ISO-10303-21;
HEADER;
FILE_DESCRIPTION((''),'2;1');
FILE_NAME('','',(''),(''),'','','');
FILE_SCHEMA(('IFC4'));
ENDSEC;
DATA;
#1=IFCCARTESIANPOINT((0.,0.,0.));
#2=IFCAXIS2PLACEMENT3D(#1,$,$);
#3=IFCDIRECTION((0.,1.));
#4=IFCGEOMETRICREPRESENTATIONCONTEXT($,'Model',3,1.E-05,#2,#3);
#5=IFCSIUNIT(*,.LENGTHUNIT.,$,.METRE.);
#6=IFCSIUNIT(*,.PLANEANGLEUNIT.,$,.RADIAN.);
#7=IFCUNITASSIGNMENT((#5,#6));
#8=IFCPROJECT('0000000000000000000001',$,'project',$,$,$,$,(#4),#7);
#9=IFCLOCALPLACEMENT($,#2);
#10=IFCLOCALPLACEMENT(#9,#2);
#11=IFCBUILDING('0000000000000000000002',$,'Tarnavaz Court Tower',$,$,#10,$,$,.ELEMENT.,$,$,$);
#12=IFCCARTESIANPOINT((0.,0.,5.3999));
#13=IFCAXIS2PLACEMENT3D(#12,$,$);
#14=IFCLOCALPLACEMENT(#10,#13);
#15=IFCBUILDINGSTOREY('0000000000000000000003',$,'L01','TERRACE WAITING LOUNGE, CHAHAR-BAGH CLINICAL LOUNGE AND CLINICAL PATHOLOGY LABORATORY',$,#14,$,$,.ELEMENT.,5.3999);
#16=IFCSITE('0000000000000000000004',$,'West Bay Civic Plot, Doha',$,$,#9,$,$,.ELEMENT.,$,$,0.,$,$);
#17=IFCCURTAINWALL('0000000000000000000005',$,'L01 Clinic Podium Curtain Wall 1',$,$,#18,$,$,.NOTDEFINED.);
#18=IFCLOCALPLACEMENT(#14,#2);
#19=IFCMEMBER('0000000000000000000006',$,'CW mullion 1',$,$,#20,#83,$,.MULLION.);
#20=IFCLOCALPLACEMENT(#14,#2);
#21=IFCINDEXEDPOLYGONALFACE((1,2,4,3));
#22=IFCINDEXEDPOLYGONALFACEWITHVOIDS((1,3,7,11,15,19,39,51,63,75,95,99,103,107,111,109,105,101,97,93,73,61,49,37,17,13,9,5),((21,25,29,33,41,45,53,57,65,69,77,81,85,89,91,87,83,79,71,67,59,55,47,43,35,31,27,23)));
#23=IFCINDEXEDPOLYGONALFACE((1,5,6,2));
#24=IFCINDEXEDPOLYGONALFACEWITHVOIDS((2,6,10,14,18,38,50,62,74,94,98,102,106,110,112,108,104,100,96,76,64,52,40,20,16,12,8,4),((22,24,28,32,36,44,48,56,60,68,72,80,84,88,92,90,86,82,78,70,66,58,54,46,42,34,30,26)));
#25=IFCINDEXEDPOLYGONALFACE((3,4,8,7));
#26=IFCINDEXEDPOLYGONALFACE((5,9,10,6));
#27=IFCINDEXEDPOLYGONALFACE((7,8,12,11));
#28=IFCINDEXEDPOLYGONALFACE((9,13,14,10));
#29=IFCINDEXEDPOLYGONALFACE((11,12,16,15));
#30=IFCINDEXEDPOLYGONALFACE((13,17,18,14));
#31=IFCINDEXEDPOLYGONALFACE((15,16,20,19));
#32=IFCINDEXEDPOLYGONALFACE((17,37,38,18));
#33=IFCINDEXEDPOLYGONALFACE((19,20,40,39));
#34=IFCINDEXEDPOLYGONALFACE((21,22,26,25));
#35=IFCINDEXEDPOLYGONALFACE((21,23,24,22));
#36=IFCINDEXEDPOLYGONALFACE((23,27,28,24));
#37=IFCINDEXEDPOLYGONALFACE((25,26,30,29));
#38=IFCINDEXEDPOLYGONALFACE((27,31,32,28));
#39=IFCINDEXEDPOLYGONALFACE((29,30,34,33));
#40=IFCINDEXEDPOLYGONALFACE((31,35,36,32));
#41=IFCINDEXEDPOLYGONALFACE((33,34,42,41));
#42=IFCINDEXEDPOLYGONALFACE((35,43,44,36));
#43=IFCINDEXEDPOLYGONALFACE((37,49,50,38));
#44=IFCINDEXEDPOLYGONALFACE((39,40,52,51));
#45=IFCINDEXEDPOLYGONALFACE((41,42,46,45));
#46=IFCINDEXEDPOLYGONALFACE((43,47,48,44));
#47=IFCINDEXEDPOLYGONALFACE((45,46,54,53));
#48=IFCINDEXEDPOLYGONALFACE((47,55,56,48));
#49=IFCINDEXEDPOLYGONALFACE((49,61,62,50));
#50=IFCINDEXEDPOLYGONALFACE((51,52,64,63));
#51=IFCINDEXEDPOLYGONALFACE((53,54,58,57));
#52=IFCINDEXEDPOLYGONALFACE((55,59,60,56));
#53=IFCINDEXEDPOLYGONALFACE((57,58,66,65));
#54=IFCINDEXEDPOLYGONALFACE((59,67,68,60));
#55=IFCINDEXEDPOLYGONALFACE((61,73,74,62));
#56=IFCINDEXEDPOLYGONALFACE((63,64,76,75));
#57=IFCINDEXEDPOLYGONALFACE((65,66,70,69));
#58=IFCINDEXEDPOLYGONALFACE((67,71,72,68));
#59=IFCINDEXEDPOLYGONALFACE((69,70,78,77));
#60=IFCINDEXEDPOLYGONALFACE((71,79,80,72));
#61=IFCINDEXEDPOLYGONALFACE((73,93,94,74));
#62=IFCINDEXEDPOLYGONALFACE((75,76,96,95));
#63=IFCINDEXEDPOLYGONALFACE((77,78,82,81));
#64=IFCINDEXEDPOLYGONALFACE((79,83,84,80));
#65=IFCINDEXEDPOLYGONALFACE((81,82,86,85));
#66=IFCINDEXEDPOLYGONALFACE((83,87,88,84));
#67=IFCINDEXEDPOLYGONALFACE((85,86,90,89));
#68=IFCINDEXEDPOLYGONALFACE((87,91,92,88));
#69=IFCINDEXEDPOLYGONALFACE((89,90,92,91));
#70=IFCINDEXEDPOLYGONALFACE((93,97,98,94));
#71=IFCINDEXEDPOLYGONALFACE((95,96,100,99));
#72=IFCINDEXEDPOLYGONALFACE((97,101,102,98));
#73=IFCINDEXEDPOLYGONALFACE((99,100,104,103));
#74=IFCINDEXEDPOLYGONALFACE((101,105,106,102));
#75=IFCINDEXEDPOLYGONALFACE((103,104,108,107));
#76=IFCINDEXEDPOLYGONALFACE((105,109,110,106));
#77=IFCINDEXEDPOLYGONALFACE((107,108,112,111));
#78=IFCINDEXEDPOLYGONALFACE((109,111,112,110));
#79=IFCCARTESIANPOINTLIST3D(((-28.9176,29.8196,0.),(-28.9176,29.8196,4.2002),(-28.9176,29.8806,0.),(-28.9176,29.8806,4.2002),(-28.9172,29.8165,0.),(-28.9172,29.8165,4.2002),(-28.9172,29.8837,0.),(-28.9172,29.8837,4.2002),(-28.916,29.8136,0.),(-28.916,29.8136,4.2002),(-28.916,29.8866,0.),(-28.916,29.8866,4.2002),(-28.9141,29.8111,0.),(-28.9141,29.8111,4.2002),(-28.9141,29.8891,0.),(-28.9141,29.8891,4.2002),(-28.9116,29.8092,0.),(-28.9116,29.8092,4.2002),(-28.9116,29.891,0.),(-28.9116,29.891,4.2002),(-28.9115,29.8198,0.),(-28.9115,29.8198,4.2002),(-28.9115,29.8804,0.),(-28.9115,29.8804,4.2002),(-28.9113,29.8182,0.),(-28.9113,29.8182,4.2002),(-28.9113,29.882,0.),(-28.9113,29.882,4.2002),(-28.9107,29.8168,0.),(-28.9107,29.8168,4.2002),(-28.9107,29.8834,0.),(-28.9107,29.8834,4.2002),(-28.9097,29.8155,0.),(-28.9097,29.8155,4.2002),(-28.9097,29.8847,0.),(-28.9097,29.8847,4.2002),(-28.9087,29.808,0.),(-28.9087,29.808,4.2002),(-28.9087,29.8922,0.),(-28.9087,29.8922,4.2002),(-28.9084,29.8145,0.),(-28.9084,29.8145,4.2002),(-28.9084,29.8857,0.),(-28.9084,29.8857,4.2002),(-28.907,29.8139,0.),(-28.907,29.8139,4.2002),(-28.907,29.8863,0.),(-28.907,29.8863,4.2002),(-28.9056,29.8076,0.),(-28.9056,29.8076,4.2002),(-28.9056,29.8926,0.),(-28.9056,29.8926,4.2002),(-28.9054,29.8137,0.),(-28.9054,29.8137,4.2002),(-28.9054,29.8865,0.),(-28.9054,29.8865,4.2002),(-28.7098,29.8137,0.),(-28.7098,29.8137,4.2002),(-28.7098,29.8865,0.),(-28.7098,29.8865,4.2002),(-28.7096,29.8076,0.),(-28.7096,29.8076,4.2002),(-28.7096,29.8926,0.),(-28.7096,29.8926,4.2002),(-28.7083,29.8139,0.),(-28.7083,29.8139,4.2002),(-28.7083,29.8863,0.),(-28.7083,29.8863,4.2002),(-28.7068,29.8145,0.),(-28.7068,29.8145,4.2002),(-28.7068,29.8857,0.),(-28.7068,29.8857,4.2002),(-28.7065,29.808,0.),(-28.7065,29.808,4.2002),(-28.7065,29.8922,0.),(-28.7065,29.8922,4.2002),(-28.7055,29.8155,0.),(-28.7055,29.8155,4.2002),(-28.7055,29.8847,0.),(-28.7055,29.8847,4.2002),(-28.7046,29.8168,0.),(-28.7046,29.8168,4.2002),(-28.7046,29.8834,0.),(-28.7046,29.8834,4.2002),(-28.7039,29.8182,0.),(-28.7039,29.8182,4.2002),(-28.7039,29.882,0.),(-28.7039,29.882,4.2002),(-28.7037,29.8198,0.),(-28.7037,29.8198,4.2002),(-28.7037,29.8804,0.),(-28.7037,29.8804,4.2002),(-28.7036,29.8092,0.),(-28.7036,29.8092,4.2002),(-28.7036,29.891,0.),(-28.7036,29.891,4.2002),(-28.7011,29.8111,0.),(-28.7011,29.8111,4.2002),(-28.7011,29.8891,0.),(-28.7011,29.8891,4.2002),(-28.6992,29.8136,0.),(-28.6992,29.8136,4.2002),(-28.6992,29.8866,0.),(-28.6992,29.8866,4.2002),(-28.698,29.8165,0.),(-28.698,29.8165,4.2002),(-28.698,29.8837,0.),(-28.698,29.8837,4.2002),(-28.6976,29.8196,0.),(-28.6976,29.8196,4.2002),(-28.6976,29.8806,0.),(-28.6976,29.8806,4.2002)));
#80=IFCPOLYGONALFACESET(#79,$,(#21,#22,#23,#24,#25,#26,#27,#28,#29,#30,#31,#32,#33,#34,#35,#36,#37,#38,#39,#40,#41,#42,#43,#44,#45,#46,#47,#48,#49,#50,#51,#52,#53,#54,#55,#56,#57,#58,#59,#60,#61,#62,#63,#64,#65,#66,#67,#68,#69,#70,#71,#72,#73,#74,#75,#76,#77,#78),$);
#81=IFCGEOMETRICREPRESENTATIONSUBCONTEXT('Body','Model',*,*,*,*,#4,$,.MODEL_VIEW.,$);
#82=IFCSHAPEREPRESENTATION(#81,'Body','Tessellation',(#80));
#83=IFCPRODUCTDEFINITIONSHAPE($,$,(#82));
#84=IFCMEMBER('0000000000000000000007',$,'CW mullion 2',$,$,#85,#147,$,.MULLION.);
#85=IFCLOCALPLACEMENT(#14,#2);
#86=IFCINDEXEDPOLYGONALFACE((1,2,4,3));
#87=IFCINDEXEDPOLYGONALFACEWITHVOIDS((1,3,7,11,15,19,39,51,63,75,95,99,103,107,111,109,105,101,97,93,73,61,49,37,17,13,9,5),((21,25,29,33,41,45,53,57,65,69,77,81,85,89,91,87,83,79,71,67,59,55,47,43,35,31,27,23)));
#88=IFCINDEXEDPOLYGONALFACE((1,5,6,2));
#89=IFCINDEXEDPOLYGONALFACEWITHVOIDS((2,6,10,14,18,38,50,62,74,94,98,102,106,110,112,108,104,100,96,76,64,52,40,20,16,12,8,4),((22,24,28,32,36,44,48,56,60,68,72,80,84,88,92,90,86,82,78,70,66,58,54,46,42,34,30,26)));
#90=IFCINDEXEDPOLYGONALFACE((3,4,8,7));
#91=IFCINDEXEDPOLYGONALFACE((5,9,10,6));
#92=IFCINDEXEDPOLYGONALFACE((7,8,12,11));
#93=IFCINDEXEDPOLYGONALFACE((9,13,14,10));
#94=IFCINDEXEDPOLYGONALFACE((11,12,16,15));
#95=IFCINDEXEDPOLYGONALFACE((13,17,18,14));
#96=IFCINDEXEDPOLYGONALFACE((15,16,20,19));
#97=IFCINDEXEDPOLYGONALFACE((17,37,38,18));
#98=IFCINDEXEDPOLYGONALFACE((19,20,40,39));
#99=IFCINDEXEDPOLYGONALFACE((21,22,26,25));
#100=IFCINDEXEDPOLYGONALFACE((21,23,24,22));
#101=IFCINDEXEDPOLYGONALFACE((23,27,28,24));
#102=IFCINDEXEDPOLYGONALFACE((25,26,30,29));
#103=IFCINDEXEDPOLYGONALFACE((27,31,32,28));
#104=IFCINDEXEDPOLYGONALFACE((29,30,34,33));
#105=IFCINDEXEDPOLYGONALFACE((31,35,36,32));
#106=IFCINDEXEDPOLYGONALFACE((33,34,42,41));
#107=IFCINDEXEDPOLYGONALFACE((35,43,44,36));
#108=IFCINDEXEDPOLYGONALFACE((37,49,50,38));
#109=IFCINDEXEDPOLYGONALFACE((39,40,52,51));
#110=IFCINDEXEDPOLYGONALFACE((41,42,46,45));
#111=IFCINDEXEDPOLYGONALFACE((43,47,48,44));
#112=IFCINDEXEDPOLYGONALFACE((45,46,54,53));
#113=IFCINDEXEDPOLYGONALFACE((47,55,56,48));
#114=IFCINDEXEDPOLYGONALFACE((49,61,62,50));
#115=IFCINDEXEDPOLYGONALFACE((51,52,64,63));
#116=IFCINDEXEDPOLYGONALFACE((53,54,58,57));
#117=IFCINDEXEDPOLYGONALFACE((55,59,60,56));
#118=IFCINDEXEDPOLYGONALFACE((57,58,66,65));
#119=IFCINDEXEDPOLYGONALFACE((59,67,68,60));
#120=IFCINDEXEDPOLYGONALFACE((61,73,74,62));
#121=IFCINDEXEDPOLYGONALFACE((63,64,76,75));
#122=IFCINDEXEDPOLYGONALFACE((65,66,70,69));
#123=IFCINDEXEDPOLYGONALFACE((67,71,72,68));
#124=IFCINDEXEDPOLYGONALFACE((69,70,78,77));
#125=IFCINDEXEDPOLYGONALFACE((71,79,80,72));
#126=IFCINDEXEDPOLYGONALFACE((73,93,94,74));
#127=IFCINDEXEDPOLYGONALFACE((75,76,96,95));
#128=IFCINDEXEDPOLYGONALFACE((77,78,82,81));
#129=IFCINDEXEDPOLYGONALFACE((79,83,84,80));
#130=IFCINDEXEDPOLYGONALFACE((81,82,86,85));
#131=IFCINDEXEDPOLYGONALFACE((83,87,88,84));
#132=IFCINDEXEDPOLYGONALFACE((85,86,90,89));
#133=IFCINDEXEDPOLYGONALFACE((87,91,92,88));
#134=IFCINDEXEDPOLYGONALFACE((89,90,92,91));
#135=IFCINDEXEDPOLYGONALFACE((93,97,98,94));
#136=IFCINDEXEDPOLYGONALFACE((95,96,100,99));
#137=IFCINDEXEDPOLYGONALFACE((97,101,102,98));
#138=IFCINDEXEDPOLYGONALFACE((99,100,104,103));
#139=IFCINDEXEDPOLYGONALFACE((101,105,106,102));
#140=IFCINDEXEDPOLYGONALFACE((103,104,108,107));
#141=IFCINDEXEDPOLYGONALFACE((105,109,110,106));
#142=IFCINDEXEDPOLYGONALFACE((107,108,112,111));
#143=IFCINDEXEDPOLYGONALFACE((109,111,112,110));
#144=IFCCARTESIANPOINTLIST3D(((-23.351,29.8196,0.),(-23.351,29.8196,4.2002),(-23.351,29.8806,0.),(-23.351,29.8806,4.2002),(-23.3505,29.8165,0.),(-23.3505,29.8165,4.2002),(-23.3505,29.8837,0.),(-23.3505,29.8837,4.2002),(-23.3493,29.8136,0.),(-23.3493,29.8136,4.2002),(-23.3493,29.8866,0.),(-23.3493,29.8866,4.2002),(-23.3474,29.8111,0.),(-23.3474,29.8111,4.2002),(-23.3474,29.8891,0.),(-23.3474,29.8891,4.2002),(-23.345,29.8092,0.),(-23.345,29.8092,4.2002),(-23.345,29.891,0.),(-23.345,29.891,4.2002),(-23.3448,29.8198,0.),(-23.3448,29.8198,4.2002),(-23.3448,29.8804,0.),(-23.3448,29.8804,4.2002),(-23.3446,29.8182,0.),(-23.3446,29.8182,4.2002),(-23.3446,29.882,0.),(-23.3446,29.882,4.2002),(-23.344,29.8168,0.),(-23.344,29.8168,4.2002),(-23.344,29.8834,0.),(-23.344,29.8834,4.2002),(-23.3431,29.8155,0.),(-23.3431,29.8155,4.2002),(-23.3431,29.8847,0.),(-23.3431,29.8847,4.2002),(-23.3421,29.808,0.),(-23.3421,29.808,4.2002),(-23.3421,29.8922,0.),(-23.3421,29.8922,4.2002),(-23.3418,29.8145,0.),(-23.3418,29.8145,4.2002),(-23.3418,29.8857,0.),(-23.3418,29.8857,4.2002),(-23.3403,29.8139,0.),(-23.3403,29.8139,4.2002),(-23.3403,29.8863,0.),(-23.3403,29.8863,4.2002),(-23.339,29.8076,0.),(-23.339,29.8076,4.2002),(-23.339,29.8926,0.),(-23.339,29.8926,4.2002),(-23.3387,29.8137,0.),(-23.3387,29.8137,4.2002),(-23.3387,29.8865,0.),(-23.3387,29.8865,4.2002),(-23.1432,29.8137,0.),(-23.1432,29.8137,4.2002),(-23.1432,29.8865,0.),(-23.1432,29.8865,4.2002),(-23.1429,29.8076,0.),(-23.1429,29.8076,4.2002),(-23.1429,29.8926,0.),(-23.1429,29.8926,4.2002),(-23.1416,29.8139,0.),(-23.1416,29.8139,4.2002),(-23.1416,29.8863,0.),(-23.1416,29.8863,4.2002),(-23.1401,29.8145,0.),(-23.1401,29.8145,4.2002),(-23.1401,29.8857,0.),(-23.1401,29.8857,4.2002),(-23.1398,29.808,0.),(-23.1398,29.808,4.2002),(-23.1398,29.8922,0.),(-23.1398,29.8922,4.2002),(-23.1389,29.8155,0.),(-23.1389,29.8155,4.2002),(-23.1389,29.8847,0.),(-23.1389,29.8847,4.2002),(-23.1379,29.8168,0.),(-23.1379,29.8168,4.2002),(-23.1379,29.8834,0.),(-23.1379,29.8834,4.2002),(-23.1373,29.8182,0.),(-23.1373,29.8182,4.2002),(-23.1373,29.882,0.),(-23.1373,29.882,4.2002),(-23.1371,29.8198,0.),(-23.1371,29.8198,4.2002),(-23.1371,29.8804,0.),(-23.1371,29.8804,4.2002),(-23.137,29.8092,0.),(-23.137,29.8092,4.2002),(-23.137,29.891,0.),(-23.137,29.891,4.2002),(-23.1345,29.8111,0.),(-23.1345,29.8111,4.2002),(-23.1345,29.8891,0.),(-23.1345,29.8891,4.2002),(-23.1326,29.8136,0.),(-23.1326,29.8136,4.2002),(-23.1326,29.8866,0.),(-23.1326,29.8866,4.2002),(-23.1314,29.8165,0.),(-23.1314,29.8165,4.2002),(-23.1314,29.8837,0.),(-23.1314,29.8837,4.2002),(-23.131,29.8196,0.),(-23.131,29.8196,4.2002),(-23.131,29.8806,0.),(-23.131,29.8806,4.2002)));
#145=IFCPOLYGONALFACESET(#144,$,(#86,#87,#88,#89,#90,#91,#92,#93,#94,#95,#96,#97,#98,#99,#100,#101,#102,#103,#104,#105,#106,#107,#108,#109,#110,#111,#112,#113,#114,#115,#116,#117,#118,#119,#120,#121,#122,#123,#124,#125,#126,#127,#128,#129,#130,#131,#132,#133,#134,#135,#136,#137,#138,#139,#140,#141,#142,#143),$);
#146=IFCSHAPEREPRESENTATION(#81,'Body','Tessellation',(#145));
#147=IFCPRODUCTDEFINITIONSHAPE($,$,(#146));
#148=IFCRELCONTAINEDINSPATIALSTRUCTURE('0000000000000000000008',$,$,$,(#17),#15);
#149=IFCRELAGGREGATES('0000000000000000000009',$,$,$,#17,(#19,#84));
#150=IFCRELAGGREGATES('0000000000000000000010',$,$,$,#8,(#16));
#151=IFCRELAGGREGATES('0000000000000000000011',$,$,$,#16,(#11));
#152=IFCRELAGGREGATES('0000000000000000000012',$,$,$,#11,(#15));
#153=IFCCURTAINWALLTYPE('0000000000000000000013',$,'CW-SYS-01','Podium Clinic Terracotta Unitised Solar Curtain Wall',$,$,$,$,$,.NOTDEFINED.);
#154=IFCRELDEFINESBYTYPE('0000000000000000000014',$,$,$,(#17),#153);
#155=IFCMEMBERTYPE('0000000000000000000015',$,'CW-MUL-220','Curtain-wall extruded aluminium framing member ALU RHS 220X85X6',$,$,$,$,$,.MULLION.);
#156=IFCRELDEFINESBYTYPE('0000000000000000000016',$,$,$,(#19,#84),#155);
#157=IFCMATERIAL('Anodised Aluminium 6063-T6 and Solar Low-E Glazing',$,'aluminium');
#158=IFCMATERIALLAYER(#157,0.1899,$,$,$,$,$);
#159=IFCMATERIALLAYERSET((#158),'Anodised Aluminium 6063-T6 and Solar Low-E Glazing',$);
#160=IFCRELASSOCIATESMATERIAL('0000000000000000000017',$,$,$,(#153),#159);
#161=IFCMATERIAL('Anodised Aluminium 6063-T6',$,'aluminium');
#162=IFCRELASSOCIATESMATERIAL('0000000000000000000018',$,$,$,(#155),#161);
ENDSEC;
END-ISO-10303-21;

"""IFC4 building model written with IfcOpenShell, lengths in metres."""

from ifc_helpers import new_model, si_unit, direction, frame, origin, origin_2d, place, context, subcontext, project, spatial, hollow_rectangle, extrude, material, layer, layer_set, material_profile, profile_set, type_object, element, aggregate, save


model = new_model("IFC4")

# Units and contexts
model_context = context("Model", 3, precision=1e-05, world=origin(), true_north=direction((0.0, 1.0)))
body_context = subcontext(model_context, "Body", "Model", "MODEL_VIEW")
ifc_project = project(units=[si_unit("LENGTHUNIT", "METRE"), si_unit("PLANEANGLEUNIT", "RADIAN")], contexts=[model_context])

# Site, building, storey
site_placement = place(None, origin())
site = spatial("IfcSite", under=ifc_project, at=site_placement, Name="West Bay Civic Plot, Doha", CompositionType="ELEMENT", RefElevation=0.0)
building_placement = place(site_placement, origin())
building = spatial("IfcBuilding", under=site, at=building_placement, Name="Tarnavaz Court Tower", CompositionType="ELEMENT")
storey_placement = place(building_placement, frame((0.0, 0.0, 5.3999)))
storey = spatial("IfcBuildingStorey", under=building, at=storey_placement, Name="L01", Description="TERRACE WAITING LOUNGE, CHAHAR-BAGH CLINICAL LOUNGE AND CLINICAL PATHOLOGY LABORATORY", CompositionType="ELEMENT", Elevation=5.3999)

# Curtain wall, members
ifc_material_1 = material(Name="Anodised Aluminium 6063-T6 and Solar Low-E Glazing", Category="aluminium")
ifc_layer_1 = layer(ifc_material_1, 0.1899)
ifc_layer_set_1 = layer_set([ifc_layer_1], Name="Anodised Aluminium 6063-T6 and Solar Low-E Glazing")
curtain_wall_type = type_object("IfcCurtainWallType", Name="CW-SYS-01", Description="Podium Clinic Terracotta Unitised Solar Curtain Wall", PredefinedType="NOTDEFINED", material=ifc_layer_set_1)
curtain_wall_placement = place(storey_placement, origin())
curtain_wall = element("IfcCurtainWall", 1, at=curtain_wall_placement, inside=storey, type_object=curtain_wall_type, Name="L01 Clinic Podium Curtain Wall 1", PredefinedType="NOTDEFINED")
ifc_material_2 = material(Name="Anodised Aluminium 6063-T6", Category="aluminium")
ifc_material_profile_1 = material_profile(ifc_material_2, hollow_rectangle(XDim=0.085, YDim=0.22, WallThickness=0.0061, InnerFilletRadius=0.0061, OuterFilletRadius=0.012, at=origin_2d()), Name="ALU RHS 220X85X6")
ifc_profile_set_1 = profile_set([ifc_material_profile_1], Name="Anodised Aluminium 6063-T6")
member_type_1 = type_object("IfcMemberType", Name="CW-MUL-220", Description="Curtain-wall extruded aluminium framing member ALU RHS 220X85X6", PredefinedType="MULLION", material=ifc_profile_set_1)
member_1_placement = place(storey_placement, frame((-28.8076, 29.8501, 0.0), z_axis=(0.0, 0.0, 1.0), x_axis=(0.0, 1.0, 0.0)))
member_1 = element("IfcMember", 2, at=member_1_placement, type_object=member_type_1, Name="CW mullion 1", PredefinedType="MULLION", context=body_context, shape_type="SweptSolid", body=[
    extrude(hollow_rectangle(XDim=0.085, YDim=0.22, WallThickness=0.0061, InnerFilletRadius=0.0061, OuterFilletRadius=0.012, at=origin_2d()), origin(), (0.0, 0.0, 1.0), 4.2002),
])
member_2_placement = place(storey_placement, frame((-23.241, 29.8501, 0.0), z_axis=(0.0, 0.0, 1.0), x_axis=(0.0, 1.0, 0.0)))
member_2 = element("IfcMember", 3, at=member_2_placement, type_object=member_type_1, Name="CW mullion 2", PredefinedType="MULLION", context=body_context, shape_type="SweptSolid", body=[
    extrude(hollow_rectangle(XDim=0.085, YDim=0.22, WallThickness=0.0061, InnerFilletRadius=0.0061, OuterFilletRadius=0.012, at=origin_2d()), origin(), (0.0, 0.0, 1.0), 4.2002),
])
aggregate(curtain_wall, [member_1, member_2])

save(model, "model.ifc")
